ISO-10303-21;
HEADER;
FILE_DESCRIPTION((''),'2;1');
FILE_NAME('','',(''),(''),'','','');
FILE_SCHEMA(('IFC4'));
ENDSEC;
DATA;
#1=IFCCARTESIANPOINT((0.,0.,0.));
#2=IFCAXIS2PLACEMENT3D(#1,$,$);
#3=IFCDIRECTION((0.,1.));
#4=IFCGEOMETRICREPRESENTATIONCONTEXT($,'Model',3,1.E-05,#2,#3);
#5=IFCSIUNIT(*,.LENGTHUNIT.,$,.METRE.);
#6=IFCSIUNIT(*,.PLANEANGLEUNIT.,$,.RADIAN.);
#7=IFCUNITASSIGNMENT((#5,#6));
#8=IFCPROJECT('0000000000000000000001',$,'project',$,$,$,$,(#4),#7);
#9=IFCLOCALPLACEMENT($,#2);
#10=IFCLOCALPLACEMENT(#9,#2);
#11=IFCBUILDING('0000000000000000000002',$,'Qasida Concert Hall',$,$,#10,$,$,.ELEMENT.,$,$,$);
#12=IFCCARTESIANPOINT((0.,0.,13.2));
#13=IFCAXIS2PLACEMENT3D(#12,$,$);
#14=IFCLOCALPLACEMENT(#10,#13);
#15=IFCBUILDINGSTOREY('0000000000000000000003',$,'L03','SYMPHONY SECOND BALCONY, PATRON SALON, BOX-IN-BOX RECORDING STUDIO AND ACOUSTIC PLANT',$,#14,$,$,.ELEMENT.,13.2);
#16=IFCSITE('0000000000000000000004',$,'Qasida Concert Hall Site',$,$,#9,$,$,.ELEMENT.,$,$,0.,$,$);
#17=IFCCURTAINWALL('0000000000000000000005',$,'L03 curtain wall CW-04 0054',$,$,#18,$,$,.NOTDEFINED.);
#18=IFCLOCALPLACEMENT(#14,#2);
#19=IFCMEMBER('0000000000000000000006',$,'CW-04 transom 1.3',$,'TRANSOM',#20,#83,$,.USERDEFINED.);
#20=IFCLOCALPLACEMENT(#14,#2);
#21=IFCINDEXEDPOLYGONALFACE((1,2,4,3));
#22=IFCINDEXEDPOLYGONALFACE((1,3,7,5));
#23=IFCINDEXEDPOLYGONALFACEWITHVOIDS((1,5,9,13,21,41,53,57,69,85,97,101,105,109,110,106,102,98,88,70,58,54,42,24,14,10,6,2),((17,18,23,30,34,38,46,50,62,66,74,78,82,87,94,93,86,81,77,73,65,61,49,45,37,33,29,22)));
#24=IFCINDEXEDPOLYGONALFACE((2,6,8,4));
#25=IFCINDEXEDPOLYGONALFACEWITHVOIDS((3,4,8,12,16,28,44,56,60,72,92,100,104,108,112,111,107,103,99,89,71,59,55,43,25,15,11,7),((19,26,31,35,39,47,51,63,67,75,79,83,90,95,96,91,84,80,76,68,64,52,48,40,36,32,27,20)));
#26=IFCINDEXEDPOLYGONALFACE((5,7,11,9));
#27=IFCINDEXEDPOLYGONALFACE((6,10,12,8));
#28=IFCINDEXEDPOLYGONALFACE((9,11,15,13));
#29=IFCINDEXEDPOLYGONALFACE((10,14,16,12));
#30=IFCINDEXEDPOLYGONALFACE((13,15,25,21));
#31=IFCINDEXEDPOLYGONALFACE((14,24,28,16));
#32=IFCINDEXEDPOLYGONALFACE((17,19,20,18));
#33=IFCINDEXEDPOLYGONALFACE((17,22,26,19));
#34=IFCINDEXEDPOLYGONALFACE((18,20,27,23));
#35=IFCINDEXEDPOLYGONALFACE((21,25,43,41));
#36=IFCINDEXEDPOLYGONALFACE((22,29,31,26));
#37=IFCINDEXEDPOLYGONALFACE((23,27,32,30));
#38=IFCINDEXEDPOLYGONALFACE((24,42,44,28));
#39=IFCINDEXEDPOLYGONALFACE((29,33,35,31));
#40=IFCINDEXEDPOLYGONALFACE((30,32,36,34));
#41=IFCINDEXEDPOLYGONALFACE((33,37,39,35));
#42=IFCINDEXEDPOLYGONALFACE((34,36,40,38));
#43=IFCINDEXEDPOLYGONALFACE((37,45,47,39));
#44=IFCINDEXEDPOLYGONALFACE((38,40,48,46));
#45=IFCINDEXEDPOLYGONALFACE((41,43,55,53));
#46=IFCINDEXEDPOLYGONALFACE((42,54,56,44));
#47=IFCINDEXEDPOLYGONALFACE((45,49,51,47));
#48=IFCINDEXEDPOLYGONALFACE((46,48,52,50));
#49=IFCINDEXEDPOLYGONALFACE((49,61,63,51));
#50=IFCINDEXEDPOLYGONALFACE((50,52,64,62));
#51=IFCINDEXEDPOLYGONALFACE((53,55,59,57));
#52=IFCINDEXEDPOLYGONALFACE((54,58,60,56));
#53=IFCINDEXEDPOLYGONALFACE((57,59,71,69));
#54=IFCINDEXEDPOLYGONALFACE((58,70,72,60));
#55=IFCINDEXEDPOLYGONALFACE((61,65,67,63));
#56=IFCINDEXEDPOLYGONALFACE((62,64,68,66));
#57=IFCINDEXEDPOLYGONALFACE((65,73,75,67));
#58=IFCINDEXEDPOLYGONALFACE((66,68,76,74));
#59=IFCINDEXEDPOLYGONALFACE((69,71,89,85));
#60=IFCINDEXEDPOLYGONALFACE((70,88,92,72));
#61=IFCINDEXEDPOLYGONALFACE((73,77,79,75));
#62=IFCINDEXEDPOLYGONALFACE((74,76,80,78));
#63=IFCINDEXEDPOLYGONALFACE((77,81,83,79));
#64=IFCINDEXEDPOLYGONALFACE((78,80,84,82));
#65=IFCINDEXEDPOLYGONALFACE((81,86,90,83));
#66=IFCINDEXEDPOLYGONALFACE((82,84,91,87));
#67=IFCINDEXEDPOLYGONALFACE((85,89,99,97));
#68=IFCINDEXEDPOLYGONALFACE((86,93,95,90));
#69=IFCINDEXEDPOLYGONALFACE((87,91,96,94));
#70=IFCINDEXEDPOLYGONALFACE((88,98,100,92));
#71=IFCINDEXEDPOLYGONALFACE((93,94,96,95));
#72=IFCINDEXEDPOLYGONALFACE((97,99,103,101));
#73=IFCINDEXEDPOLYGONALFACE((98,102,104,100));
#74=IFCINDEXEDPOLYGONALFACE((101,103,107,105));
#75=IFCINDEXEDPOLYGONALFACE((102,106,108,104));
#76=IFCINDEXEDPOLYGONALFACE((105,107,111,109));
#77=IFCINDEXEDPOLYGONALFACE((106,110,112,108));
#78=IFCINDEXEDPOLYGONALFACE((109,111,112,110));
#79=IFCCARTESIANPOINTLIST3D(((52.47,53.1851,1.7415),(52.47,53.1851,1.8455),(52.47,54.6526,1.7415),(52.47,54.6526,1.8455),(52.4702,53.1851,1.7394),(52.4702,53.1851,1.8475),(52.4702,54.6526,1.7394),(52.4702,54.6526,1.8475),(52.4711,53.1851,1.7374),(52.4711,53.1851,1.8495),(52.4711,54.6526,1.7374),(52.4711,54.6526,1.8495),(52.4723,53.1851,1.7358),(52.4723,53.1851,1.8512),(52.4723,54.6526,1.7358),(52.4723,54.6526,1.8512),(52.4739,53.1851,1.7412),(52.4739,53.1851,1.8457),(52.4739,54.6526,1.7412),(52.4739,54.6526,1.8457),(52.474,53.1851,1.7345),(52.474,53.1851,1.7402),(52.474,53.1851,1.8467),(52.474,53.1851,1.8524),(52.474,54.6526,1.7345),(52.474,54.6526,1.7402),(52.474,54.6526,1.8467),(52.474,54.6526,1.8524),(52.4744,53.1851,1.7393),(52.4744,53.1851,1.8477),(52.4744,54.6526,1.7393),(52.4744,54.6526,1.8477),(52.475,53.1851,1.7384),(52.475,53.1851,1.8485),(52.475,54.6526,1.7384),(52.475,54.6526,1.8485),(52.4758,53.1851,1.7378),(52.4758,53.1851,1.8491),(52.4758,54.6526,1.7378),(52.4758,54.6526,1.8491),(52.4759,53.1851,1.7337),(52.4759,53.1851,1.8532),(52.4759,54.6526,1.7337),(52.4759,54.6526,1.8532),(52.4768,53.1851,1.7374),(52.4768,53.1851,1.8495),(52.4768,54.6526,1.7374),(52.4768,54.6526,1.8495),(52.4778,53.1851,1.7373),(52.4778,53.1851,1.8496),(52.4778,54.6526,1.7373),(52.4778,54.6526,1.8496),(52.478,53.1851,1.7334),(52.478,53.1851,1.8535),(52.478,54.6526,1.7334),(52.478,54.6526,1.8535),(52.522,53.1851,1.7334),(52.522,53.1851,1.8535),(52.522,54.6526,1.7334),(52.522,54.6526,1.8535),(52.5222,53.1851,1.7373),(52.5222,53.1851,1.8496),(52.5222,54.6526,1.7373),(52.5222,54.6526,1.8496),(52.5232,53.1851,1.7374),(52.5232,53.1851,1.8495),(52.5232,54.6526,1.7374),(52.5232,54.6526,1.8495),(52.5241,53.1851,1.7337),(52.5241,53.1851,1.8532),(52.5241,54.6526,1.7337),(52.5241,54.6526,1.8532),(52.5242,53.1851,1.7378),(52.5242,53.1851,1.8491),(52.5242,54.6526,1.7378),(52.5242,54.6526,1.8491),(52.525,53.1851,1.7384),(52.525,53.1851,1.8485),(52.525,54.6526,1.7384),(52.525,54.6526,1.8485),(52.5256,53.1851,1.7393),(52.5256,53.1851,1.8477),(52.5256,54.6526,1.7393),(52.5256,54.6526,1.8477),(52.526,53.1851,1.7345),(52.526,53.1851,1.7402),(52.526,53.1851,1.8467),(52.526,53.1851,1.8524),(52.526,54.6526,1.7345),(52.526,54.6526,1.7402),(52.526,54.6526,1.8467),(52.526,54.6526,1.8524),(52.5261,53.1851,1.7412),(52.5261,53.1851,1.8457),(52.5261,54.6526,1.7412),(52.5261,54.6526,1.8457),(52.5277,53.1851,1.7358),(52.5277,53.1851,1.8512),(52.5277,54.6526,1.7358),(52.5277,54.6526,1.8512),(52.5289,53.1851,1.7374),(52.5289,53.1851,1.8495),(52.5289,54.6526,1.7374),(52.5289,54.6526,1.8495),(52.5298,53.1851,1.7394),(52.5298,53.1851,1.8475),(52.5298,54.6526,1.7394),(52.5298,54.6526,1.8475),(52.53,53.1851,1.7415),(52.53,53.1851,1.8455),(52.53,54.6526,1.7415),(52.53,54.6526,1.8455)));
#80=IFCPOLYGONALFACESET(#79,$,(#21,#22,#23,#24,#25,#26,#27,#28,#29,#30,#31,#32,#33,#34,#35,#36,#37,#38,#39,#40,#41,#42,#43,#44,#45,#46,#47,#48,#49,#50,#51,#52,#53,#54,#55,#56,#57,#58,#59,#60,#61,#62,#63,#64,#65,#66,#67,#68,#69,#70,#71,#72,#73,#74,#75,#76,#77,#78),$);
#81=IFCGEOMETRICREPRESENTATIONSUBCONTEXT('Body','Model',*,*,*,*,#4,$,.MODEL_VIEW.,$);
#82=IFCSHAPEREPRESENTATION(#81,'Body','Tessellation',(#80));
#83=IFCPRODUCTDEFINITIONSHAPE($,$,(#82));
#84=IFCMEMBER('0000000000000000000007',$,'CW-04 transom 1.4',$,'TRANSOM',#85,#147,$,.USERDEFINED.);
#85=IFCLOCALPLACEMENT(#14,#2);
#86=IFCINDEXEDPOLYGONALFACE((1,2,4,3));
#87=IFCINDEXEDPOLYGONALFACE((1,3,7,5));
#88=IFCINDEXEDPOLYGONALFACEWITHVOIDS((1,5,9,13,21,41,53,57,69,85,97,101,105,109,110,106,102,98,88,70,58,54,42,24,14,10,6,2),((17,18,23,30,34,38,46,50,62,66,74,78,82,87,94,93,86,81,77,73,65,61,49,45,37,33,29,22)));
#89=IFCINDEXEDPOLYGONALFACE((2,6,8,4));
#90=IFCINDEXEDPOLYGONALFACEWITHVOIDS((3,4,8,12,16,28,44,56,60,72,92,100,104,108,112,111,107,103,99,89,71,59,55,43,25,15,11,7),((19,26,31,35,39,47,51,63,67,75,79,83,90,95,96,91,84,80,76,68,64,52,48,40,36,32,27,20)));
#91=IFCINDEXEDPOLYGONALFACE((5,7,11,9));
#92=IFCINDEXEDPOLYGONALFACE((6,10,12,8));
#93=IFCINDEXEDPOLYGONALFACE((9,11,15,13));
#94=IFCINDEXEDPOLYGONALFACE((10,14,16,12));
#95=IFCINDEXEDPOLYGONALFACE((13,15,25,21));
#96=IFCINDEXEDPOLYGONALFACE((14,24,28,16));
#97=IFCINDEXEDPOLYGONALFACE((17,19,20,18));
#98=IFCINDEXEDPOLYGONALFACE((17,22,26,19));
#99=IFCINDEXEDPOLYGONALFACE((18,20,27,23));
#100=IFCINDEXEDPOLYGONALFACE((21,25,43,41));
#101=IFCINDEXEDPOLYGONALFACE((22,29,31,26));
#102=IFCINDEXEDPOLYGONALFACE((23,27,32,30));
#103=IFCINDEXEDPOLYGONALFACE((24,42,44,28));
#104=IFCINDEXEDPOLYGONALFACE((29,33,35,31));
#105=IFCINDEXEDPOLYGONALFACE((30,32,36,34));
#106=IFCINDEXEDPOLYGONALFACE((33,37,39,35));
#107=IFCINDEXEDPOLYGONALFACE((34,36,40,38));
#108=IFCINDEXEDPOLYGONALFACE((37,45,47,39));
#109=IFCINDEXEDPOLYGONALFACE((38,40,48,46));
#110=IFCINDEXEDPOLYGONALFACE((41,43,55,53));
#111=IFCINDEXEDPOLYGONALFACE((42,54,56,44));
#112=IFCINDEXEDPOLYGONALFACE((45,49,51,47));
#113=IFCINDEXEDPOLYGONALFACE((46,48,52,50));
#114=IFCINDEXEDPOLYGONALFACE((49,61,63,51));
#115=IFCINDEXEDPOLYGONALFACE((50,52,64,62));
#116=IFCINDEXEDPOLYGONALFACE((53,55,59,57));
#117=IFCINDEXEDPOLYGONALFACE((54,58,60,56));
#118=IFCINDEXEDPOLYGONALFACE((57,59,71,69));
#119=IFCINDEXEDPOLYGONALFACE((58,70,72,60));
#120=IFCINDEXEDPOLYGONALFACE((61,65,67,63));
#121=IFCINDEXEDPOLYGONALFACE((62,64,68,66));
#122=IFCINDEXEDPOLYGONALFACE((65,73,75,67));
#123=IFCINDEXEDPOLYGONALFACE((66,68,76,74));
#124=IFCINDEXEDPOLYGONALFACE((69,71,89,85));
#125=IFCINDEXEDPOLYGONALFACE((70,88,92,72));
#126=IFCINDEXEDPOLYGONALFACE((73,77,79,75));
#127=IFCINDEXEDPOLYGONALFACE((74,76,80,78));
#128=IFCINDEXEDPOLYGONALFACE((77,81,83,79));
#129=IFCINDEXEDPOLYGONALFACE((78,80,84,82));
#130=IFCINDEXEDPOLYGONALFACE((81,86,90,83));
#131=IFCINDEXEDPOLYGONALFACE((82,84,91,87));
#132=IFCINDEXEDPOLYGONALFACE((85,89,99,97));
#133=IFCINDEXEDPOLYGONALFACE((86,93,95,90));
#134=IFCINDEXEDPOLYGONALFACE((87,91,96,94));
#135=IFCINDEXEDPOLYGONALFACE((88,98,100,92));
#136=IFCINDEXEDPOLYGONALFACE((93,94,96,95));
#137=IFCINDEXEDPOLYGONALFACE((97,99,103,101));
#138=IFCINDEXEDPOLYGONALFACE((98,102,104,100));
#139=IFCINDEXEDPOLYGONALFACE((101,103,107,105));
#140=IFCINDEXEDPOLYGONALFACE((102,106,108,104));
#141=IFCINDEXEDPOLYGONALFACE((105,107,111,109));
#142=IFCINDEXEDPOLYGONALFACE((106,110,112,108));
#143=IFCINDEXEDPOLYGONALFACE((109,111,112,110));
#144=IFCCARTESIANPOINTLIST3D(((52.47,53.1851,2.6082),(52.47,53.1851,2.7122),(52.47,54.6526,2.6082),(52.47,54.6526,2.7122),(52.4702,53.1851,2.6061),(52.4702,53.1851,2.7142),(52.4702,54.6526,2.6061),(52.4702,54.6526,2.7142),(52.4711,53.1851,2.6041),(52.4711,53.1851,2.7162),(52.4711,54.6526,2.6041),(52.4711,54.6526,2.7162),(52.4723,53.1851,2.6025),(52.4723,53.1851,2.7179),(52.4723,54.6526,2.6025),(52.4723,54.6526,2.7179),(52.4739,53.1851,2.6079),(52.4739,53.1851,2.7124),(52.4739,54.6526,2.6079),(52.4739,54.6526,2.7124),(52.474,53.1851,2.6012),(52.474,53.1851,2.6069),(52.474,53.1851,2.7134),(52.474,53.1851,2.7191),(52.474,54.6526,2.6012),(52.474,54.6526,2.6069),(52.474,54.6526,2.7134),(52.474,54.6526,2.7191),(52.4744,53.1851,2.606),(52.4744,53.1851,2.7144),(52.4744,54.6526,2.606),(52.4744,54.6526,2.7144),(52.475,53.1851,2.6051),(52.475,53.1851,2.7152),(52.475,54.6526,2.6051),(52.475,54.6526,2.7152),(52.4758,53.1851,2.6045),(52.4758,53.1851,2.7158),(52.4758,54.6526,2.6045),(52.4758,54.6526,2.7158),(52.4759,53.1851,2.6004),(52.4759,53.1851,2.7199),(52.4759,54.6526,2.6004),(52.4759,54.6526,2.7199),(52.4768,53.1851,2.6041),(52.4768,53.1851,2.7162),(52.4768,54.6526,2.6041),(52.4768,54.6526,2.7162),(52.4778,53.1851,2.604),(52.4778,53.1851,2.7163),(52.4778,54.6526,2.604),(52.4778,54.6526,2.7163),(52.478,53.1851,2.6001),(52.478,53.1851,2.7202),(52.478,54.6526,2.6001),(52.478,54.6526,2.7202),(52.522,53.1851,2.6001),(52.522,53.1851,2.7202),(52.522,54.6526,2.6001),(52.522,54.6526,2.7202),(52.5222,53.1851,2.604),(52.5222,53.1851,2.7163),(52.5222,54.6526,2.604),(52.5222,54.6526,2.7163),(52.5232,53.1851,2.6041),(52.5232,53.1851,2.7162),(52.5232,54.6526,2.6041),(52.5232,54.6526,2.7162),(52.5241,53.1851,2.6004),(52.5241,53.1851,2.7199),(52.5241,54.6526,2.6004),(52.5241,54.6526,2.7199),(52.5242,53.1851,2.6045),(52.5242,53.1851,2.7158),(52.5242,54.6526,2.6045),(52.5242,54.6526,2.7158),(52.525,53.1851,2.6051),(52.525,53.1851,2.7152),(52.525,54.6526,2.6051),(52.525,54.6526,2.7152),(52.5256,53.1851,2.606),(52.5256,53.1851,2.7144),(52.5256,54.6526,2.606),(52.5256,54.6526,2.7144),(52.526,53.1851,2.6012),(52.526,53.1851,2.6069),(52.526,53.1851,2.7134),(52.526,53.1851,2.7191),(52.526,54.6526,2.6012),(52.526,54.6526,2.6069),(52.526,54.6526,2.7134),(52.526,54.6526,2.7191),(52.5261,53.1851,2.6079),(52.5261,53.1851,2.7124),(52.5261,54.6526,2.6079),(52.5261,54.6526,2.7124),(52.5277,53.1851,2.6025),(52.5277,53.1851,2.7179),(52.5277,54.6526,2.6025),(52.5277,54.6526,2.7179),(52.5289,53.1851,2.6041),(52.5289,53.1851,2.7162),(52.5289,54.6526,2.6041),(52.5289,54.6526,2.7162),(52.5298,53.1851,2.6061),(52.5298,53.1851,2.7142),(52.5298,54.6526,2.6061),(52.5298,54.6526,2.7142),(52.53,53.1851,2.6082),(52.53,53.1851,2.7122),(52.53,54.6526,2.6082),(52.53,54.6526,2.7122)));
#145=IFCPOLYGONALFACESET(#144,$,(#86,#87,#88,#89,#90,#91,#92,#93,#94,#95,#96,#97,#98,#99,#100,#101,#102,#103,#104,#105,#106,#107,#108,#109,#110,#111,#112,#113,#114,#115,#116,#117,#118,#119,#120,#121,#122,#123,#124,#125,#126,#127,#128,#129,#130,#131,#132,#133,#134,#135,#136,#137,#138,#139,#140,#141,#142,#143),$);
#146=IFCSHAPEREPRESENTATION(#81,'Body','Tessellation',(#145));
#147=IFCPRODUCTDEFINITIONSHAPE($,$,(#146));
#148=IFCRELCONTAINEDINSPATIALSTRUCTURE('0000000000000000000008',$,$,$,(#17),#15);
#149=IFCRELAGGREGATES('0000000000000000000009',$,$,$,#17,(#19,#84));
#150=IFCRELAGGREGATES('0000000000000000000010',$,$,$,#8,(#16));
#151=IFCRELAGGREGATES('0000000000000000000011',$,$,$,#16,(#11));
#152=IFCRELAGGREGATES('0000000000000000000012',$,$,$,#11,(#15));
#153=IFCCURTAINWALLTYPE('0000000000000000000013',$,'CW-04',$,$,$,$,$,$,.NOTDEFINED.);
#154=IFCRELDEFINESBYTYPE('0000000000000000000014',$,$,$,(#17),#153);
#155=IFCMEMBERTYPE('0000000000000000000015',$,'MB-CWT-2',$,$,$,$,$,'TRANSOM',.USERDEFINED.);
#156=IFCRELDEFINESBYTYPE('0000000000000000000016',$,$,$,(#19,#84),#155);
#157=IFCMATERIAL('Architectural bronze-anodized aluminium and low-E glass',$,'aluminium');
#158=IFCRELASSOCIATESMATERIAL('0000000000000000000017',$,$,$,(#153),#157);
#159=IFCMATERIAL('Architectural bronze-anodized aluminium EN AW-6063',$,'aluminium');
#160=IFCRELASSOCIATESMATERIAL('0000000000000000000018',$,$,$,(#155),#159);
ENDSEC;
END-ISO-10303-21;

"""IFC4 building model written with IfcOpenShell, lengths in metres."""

from ifc_helpers import new_model, si_unit, direction, frame, origin, origin_2d, place, context, subcontext, project, spatial, hollow_rectangle, extrude, material, material_profile, profile_set, type_object, element, aggregate, save


model = new_model("IFC4")

# Units and contexts
model_context = context("Model", 3, precision=1e-05, world=origin(), true_north=direction((0.0, 1.0)))
body_context = subcontext(model_context, "Body", "Model", "MODEL_VIEW")
ifc_project = project(units=[si_unit("LENGTHUNIT", "METRE"), si_unit("PLANEANGLEUNIT", "RADIAN")], contexts=[model_context])

# Site, building, storey
site_placement = place(None, origin())
site = spatial("IfcSite", under=ifc_project, at=site_placement, Name="Qasida Concert Hall Site", CompositionType="ELEMENT", RefElevation=0.0)
building_placement = place(site_placement, origin())
building = spatial("IfcBuilding", under=site, at=building_placement, Name="Qasida Concert Hall", CompositionType="ELEMENT")
storey_placement = place(building_placement, frame((0.0, 0.0, 13.2)))
storey = spatial("IfcBuildingStorey", under=building, at=storey_placement, Name="L03", Description="SYMPHONY SECOND BALCONY, PATRON SALON, BOX-IN-BOX RECORDING STUDIO AND ACOUSTIC PLANT", CompositionType="ELEMENT", Elevation=13.2)

# Curtain wall, members
ifc_material_1 = material(Name="Architectural bronze-anodized aluminium and low-E glass", Category="aluminium")
curtain_wall_type = type_object("IfcCurtainWallType", Name="CW-04", PredefinedType="NOTDEFINED", material=ifc_material_1)
curtain_wall_placement = place(storey_placement, origin())
curtain_wall = element("IfcCurtainWall", 1, at=curtain_wall_placement, inside=storey, type_object=curtain_wall_type, Name="L03 curtain wall CW-04 0054", PredefinedType="NOTDEFINED")
ifc_material_2 = material(Name="Architectural bronze-anodized aluminium EN AW-6063", Category="aluminium")
ifc_material_profile_1 = material_profile(ifc_material_2, hollow_rectangle(XDim=0.0601, YDim=0.1201, WallThickness=0.0039, InnerFilletRadius=0.0039, OuterFilletRadius=0.0081, at=origin_2d()), Name="CWT 120x60x4")
ifc_profile_set_1 = profile_set([ifc_material_profile_1], Name="Architectural bronze-anodized aluminium EN AW-6063")
member_type_1 = type_object("IfcMemberType", Name="MB-CWT-2", ElementType="TRANSOM", PredefinedType="USERDEFINED", material=ifc_profile_set_1)
member_1_placement = place(storey_placement, frame((52.5, 53.1851, 1.7935), z_axis=(0.0, 1.0, 0.0), x_axis=(-1.0, 0.0, 0.0)))
member_1 = element("IfcMember", 2, at=member_1_placement, type_object=member_type_1, Name="CW-04 transom 1.3", ObjectType="TRANSOM", PredefinedType="USERDEFINED", context=body_context, shape_type="SweptSolid", body=[
    extrude(hollow_rectangle(XDim=0.0601, YDim=0.1201, WallThickness=0.0039, InnerFilletRadius=0.0039, OuterFilletRadius=0.0081, at=origin_2d()), origin(), (0.0, 0.0, 1.0), 1.4675),
])
member_2_placement = place(storey_placement, frame((52.5, 53.1851, 2.6602), z_axis=(0.0, 1.0, 0.0), x_axis=(-1.0, 0.0, 0.0)))
member_2 = element("IfcMember", 3, at=member_2_placement, type_object=member_type_1, Name="CW-04 transom 1.4", ObjectType="TRANSOM", PredefinedType="USERDEFINED", context=body_context, shape_type="SweptSolid", body=[
    extrude(hollow_rectangle(XDim=0.0601, YDim=0.1201, WallThickness=0.0039, InnerFilletRadius=0.0039, OuterFilletRadius=0.0081, at=origin_2d()), origin(), (0.0, 0.0, 1.0), 1.4675),
])
aggregate(curtain_wall, [member_1, member_2])

save(model, "model.ifc")
